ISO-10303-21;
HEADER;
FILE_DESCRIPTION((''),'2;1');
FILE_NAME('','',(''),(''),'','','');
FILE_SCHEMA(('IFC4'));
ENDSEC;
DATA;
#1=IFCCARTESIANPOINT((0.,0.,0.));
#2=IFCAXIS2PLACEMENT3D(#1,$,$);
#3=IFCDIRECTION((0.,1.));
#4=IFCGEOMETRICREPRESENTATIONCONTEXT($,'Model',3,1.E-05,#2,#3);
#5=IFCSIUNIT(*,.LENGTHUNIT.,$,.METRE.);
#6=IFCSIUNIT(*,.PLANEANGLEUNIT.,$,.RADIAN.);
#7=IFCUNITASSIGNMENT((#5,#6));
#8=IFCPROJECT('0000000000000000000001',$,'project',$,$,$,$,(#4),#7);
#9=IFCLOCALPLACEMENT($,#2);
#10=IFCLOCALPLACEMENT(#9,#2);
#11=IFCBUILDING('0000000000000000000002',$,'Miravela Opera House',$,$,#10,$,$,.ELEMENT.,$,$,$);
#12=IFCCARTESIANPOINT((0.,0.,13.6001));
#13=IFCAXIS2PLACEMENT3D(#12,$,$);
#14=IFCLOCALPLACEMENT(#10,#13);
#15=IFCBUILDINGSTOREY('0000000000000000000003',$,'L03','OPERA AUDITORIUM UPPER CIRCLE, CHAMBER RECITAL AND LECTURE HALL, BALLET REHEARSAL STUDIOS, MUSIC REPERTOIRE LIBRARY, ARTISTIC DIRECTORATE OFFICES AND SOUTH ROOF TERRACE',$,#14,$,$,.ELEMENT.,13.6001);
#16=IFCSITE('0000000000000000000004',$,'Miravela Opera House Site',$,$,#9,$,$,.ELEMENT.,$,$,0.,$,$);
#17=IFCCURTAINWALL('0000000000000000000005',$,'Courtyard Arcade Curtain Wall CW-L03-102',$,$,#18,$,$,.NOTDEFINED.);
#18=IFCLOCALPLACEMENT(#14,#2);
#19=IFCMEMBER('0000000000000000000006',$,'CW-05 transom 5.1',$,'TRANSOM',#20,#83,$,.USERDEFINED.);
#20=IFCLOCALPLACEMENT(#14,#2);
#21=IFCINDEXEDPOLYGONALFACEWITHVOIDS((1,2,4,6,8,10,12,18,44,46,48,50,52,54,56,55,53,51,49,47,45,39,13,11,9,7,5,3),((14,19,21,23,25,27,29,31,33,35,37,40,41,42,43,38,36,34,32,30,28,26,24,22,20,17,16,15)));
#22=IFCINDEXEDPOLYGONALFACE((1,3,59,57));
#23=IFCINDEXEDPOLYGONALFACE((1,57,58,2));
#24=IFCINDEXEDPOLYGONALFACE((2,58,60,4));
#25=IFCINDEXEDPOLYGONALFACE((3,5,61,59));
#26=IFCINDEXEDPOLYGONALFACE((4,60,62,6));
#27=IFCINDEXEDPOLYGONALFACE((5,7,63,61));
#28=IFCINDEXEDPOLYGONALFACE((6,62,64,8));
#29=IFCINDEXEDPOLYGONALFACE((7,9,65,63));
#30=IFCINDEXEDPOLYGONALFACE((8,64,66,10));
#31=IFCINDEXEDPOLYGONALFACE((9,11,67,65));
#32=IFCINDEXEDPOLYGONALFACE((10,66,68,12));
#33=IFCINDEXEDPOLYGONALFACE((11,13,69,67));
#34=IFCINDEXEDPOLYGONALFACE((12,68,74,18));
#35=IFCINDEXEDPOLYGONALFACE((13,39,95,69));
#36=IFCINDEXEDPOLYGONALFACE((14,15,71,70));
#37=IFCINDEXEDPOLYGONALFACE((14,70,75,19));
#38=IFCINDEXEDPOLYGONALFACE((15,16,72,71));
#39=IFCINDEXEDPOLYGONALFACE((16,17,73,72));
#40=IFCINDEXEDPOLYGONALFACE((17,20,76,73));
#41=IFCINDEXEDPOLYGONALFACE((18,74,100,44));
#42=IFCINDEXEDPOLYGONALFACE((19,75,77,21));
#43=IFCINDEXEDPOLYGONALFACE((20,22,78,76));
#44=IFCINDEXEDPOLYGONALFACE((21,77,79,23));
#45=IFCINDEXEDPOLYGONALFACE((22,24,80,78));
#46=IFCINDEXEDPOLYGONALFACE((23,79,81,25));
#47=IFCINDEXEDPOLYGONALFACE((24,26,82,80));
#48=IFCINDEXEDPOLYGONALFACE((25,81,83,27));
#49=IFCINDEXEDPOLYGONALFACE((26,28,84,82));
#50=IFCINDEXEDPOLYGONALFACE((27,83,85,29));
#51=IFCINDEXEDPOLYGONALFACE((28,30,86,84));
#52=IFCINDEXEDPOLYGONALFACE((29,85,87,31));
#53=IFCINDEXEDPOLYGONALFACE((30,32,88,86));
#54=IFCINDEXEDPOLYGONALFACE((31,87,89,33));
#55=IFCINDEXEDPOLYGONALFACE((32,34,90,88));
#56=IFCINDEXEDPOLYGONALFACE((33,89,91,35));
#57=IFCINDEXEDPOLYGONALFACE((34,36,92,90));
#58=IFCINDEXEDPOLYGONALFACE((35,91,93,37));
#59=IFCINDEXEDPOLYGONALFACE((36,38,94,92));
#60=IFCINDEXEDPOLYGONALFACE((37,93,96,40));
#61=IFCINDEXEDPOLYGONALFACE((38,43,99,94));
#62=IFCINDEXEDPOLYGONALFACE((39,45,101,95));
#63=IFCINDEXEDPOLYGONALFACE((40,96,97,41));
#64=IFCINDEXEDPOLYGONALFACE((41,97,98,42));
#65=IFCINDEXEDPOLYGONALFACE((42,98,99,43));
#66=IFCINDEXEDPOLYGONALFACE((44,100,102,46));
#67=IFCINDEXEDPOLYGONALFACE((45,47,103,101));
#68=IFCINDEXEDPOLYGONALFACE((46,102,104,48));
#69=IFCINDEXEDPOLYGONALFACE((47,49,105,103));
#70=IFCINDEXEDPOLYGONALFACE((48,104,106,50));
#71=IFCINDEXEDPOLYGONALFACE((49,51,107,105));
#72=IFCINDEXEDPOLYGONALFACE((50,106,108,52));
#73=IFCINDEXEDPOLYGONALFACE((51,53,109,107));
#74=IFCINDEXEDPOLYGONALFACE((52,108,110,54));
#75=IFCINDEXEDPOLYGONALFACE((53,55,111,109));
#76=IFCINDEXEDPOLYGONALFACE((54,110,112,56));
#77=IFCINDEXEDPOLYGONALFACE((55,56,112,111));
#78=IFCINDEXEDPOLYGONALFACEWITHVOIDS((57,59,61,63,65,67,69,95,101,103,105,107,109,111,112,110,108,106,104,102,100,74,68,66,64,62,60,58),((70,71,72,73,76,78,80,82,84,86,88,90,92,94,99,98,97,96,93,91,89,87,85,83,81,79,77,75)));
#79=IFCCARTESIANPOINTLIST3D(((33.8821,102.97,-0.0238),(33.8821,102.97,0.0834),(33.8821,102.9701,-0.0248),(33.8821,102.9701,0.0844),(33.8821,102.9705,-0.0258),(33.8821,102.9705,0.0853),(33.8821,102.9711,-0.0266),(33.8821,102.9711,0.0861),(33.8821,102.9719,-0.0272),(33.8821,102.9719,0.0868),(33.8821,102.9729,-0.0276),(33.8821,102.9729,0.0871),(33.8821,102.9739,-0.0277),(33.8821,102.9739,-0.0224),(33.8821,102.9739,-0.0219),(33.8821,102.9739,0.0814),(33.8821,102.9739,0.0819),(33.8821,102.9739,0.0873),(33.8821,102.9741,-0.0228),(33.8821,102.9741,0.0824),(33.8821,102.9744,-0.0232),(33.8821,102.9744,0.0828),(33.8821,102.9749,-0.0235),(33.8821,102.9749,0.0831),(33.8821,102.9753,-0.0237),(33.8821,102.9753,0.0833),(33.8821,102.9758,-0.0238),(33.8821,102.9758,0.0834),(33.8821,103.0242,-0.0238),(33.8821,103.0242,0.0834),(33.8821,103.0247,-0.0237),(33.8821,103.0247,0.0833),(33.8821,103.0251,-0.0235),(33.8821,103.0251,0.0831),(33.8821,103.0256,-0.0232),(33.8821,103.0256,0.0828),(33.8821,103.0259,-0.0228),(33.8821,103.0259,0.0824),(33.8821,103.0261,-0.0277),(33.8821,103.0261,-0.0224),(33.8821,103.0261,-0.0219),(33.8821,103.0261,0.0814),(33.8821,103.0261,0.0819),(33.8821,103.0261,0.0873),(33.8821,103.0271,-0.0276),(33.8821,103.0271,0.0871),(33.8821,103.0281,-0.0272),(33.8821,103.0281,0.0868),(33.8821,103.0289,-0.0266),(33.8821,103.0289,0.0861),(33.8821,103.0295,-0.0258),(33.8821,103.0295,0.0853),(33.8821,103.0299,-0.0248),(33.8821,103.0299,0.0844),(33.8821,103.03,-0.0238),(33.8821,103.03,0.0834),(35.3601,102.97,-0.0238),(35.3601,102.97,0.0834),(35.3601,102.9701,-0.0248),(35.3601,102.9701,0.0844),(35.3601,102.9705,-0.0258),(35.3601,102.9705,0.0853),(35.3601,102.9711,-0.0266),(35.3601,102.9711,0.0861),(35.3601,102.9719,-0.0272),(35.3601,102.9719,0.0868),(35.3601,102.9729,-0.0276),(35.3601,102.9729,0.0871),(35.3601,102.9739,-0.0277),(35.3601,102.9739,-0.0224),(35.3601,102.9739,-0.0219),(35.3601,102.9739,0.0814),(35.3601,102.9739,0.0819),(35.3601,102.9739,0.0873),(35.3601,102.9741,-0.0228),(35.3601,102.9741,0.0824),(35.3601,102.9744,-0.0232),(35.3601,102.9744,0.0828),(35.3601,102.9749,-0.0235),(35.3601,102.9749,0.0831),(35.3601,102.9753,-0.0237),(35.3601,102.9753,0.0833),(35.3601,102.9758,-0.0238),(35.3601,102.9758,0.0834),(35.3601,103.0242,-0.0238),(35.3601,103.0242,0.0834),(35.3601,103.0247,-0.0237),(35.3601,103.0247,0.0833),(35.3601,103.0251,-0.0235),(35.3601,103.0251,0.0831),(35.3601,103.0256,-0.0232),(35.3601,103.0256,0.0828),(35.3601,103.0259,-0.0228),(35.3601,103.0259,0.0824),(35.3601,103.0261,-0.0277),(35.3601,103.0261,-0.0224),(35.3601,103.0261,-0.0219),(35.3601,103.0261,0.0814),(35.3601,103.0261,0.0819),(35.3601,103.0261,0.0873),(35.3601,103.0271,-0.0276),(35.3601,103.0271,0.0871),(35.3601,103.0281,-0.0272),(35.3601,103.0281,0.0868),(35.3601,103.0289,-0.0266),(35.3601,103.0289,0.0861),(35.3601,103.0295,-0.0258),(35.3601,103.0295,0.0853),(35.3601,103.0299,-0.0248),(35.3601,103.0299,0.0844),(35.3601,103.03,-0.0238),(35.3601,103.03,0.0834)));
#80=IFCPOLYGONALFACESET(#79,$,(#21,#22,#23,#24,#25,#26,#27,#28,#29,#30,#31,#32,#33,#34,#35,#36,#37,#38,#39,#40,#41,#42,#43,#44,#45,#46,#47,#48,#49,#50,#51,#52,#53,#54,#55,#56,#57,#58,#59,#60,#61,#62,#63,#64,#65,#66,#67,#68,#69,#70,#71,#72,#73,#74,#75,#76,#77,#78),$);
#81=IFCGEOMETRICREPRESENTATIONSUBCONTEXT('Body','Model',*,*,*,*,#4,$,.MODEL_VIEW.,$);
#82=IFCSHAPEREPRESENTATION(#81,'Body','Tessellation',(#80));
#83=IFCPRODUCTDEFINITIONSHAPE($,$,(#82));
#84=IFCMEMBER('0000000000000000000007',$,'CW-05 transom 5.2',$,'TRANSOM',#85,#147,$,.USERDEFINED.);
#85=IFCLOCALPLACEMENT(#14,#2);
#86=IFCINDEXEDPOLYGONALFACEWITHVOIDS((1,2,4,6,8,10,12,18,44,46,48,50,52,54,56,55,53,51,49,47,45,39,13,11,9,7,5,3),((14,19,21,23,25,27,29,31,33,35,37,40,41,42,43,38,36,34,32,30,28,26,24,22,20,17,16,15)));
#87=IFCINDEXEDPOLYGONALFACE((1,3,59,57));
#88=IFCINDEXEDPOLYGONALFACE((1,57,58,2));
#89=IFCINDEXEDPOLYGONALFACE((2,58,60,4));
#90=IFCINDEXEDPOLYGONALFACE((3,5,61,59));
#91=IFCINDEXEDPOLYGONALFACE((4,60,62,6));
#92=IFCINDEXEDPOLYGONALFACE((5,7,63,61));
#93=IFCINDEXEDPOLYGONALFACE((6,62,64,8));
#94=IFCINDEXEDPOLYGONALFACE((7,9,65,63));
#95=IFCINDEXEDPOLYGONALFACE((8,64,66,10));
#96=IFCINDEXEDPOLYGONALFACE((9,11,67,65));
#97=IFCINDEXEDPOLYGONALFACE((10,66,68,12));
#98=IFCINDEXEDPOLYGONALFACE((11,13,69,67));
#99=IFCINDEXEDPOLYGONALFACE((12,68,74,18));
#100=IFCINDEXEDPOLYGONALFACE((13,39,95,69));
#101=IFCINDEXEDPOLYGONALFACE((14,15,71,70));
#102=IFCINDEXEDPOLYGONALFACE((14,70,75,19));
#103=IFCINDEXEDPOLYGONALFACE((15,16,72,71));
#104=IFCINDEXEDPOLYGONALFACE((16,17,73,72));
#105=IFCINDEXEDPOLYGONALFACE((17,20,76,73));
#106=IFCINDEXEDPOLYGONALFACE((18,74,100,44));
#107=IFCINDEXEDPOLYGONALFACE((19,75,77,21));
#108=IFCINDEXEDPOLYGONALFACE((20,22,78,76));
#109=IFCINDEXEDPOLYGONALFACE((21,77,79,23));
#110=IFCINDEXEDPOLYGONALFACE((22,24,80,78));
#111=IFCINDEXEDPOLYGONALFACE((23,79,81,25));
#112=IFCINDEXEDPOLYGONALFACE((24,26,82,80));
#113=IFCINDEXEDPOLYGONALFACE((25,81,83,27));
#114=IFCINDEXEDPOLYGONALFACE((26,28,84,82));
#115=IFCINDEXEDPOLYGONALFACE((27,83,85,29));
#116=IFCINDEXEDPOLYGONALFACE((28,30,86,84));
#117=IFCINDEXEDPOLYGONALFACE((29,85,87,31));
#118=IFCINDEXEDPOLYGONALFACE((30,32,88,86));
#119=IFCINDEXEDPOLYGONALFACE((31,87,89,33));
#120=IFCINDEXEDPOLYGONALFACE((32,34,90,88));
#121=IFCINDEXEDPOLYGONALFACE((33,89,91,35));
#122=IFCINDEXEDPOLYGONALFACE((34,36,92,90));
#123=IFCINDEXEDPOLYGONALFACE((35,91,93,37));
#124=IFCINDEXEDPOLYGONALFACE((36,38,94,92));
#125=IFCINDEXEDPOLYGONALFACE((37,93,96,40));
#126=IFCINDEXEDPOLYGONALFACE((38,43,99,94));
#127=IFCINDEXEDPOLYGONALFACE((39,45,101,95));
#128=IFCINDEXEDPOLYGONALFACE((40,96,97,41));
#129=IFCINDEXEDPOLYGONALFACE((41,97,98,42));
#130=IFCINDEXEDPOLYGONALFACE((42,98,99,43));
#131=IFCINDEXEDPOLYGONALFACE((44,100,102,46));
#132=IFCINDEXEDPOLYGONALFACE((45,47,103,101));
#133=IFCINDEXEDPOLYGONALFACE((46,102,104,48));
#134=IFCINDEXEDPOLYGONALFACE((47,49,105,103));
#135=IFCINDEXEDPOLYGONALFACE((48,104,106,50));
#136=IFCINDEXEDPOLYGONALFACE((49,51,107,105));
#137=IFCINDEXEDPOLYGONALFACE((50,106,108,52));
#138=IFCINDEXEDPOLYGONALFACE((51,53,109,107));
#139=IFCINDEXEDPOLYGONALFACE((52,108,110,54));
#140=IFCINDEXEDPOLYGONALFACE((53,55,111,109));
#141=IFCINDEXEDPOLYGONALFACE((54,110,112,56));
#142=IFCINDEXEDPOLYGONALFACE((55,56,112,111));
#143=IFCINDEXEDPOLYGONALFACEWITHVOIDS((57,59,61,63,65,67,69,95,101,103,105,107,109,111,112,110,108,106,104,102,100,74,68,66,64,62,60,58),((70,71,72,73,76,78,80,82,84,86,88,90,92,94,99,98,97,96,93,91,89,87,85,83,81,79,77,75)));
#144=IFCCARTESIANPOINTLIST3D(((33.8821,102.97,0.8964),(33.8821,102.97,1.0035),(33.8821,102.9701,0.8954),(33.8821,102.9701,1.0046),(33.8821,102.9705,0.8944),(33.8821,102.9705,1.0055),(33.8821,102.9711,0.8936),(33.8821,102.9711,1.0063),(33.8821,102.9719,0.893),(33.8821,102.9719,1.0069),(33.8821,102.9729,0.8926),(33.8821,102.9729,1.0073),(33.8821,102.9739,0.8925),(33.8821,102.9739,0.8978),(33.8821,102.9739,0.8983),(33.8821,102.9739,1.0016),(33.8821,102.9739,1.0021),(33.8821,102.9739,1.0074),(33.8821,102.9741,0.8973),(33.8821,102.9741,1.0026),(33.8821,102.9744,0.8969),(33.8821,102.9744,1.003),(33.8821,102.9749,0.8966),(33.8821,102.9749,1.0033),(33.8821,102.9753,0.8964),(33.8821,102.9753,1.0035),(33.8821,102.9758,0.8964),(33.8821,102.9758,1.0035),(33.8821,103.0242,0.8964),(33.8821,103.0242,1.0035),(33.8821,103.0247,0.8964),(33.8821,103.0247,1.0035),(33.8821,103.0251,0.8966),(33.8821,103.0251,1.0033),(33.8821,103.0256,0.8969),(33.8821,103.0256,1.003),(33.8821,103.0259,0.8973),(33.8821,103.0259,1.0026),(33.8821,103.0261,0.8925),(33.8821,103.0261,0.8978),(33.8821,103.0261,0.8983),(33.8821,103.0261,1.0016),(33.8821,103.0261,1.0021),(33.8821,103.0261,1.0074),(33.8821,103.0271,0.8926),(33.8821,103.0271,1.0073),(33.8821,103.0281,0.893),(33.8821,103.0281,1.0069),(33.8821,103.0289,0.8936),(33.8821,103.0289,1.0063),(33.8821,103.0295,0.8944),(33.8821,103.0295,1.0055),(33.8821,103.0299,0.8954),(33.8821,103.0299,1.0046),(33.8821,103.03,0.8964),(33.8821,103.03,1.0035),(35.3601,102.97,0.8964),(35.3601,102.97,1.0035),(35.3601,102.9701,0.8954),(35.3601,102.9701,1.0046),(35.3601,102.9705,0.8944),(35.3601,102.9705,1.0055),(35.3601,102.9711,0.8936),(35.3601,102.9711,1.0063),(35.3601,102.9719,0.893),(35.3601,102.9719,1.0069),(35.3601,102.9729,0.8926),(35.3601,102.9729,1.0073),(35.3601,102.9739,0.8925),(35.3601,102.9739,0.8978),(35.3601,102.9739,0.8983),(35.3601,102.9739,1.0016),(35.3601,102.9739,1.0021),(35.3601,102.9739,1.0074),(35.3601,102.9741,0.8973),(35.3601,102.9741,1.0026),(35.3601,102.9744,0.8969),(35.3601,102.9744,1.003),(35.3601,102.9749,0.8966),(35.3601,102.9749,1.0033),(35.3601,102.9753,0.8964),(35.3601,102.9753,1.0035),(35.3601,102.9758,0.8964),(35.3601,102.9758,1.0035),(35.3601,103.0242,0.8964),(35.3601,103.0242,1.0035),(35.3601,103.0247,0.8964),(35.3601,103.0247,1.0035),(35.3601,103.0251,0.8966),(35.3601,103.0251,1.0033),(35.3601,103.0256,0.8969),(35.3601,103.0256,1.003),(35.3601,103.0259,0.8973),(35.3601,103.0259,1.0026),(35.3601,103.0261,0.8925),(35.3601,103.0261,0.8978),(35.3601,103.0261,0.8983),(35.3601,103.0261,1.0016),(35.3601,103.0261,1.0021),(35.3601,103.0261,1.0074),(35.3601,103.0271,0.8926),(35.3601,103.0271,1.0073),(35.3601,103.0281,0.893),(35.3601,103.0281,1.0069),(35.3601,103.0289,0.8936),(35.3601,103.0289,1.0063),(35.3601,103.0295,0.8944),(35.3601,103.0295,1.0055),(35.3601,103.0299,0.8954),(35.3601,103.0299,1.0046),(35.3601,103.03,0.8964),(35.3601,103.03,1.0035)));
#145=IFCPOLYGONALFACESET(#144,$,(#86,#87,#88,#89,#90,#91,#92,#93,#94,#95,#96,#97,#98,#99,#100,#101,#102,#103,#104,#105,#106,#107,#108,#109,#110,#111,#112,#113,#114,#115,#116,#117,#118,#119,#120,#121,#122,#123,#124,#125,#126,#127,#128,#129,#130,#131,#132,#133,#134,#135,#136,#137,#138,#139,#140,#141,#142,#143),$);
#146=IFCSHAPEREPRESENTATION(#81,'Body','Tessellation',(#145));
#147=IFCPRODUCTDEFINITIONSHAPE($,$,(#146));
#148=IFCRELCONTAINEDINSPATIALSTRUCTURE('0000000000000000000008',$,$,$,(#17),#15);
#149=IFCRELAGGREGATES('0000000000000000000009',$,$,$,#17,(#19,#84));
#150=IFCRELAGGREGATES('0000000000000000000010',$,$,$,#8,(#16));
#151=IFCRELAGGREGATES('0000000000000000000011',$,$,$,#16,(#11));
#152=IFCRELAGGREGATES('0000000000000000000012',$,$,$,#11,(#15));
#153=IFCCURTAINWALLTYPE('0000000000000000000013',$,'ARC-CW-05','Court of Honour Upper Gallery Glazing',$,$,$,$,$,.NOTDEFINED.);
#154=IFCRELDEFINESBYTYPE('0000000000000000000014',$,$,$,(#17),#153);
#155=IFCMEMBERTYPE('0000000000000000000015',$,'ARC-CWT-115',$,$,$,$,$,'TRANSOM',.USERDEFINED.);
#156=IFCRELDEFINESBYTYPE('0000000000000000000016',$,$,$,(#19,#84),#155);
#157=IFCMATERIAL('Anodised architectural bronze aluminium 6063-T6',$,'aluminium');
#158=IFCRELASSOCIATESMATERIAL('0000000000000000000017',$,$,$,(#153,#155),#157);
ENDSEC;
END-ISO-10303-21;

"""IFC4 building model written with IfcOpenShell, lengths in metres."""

from ifc_helpers import new_model, si_unit, direction, frame, origin, origin_2d, place, context, subcontext, project, spatial, hollow_rectangle, extrude, material, material_profile, profile_set, type_object, element, aggregate, save


model = new_model("IFC4")

# Units and contexts
model_context = context("Model", 3, precision=1e-05, world=origin(), true_north=direction((0.0, 1.0)))
body_context = subcontext(model_context, "Body", "Model", "MODEL_VIEW")
ifc_project = project(units=[si_unit("LENGTHUNIT", "METRE"), si_unit("PLANEANGLEUNIT", "RADIAN")], contexts=[model_context])

# Site, building, storey
site_placement = place(None, origin())
site = spatial("IfcSite", under=ifc_project, at=site_placement, Name="Miravela Opera House Site", CompositionType="ELEMENT", RefElevation=0.0)
building_placement = place(site_placement, origin())
building = spatial("IfcBuilding", under=site, at=building_placement, Name="Miravela Opera House", CompositionType="ELEMENT")
storey_placement = place(building_placement, frame((0.0, 0.0, 13.6001)))
storey = spatial("IfcBuildingStorey", under=building, at=storey_placement, Name="L03", Description="OPERA AUDITORIUM UPPER CIRCLE, CHAMBER RECITAL AND LECTURE HALL, BALLET REHEARSAL STUDIOS, MUSIC REPERTOIRE LIBRARY, ARTISTIC DIRECTORATE OFFICES AND SOUTH ROOF TERRACE", CompositionType="ELEMENT", Elevation=13.6001)

# Curtain wall
ifc_material_1 = material(Name="Anodised architectural bronze aluminium 6063-T6", Category="aluminium")
curtain_wall_type = type_object("IfcCurtainWallType", Name="ARC-CW-05", Description="Court of Honour Upper Gallery Glazing", PredefinedType="NOTDEFINED", material=ifc_material_1)
curtain_wall_1_placement = place(storey_placement, origin())
curtain_wall_1 = element("IfcCurtainWall", 1, at=curtain_wall_1_placement, inside=storey, type_object=curtain_wall_type, Name="Courtyard Arcade Curtain Wall CW-L03-102", PredefinedType="NOTDEFINED")

# Members
ifc_material_profile_1 = material_profile(ifc_material_1, hollow_rectangle(XDim=0.0601, YDim=0.115, WallThickness=0.0039, InnerFilletRadius=0.002, OuterFilletRadius=0.0039, at=origin_2d()), Name="CWT-60X115")
ifc_profile_set_1 = profile_set([ifc_material_profile_1])
member_type_1 = type_object("IfcMemberType", Name="ARC-CWT-115", ElementType="TRANSOM", PredefinedType="USERDEFINED", material=ifc_profile_set_1)
member_1_placement = place(storey_placement, frame((33.8821, 103.0, 0.0298), z_axis=(1.0, 0.0, 0.0), x_axis=(0.0, 1.0, 0.0)))
member_1 = element("IfcMember", 2, at=member_1_placement, type_object=member_type_1, Name="CW-05 transom 5.1", ObjectType="TRANSOM", PredefinedType="USERDEFINED", context=body_context, shape_type="SweptSolid", body=[
    extrude(hollow_rectangle(XDim=0.0601, YDim=0.115, WallThickness=0.0039, InnerFilletRadius=0.002, OuterFilletRadius=0.0039, at=origin_2d()), origin(), (0.0, 0.0, 1.0), 1.478),
])
member_2_placement = place(storey_placement, frame((33.8821, 103.0, 0.95), z_axis=(1.0, 0.0, 0.0), x_axis=(0.0, 1.0, 0.0)))
member_2 = element("IfcMember", 3, at=member_2_placement, type_object=member_type_1, Name="CW-05 transom 5.2", ObjectType="TRANSOM", PredefinedType="USERDEFINED", context=body_context, shape_type="SweptSolid", body=[
    extrude(hollow_rectangle(XDim=0.0601, YDim=0.115, WallThickness=0.0039, InnerFilletRadius=0.002, OuterFilletRadius=0.0039, at=origin_2d()), origin(), (0.0, 0.0, 1.0), 1.478),
])

aggregate(curtain_wall_1, [member_1, member_2])

save(model, "model.ifc")
